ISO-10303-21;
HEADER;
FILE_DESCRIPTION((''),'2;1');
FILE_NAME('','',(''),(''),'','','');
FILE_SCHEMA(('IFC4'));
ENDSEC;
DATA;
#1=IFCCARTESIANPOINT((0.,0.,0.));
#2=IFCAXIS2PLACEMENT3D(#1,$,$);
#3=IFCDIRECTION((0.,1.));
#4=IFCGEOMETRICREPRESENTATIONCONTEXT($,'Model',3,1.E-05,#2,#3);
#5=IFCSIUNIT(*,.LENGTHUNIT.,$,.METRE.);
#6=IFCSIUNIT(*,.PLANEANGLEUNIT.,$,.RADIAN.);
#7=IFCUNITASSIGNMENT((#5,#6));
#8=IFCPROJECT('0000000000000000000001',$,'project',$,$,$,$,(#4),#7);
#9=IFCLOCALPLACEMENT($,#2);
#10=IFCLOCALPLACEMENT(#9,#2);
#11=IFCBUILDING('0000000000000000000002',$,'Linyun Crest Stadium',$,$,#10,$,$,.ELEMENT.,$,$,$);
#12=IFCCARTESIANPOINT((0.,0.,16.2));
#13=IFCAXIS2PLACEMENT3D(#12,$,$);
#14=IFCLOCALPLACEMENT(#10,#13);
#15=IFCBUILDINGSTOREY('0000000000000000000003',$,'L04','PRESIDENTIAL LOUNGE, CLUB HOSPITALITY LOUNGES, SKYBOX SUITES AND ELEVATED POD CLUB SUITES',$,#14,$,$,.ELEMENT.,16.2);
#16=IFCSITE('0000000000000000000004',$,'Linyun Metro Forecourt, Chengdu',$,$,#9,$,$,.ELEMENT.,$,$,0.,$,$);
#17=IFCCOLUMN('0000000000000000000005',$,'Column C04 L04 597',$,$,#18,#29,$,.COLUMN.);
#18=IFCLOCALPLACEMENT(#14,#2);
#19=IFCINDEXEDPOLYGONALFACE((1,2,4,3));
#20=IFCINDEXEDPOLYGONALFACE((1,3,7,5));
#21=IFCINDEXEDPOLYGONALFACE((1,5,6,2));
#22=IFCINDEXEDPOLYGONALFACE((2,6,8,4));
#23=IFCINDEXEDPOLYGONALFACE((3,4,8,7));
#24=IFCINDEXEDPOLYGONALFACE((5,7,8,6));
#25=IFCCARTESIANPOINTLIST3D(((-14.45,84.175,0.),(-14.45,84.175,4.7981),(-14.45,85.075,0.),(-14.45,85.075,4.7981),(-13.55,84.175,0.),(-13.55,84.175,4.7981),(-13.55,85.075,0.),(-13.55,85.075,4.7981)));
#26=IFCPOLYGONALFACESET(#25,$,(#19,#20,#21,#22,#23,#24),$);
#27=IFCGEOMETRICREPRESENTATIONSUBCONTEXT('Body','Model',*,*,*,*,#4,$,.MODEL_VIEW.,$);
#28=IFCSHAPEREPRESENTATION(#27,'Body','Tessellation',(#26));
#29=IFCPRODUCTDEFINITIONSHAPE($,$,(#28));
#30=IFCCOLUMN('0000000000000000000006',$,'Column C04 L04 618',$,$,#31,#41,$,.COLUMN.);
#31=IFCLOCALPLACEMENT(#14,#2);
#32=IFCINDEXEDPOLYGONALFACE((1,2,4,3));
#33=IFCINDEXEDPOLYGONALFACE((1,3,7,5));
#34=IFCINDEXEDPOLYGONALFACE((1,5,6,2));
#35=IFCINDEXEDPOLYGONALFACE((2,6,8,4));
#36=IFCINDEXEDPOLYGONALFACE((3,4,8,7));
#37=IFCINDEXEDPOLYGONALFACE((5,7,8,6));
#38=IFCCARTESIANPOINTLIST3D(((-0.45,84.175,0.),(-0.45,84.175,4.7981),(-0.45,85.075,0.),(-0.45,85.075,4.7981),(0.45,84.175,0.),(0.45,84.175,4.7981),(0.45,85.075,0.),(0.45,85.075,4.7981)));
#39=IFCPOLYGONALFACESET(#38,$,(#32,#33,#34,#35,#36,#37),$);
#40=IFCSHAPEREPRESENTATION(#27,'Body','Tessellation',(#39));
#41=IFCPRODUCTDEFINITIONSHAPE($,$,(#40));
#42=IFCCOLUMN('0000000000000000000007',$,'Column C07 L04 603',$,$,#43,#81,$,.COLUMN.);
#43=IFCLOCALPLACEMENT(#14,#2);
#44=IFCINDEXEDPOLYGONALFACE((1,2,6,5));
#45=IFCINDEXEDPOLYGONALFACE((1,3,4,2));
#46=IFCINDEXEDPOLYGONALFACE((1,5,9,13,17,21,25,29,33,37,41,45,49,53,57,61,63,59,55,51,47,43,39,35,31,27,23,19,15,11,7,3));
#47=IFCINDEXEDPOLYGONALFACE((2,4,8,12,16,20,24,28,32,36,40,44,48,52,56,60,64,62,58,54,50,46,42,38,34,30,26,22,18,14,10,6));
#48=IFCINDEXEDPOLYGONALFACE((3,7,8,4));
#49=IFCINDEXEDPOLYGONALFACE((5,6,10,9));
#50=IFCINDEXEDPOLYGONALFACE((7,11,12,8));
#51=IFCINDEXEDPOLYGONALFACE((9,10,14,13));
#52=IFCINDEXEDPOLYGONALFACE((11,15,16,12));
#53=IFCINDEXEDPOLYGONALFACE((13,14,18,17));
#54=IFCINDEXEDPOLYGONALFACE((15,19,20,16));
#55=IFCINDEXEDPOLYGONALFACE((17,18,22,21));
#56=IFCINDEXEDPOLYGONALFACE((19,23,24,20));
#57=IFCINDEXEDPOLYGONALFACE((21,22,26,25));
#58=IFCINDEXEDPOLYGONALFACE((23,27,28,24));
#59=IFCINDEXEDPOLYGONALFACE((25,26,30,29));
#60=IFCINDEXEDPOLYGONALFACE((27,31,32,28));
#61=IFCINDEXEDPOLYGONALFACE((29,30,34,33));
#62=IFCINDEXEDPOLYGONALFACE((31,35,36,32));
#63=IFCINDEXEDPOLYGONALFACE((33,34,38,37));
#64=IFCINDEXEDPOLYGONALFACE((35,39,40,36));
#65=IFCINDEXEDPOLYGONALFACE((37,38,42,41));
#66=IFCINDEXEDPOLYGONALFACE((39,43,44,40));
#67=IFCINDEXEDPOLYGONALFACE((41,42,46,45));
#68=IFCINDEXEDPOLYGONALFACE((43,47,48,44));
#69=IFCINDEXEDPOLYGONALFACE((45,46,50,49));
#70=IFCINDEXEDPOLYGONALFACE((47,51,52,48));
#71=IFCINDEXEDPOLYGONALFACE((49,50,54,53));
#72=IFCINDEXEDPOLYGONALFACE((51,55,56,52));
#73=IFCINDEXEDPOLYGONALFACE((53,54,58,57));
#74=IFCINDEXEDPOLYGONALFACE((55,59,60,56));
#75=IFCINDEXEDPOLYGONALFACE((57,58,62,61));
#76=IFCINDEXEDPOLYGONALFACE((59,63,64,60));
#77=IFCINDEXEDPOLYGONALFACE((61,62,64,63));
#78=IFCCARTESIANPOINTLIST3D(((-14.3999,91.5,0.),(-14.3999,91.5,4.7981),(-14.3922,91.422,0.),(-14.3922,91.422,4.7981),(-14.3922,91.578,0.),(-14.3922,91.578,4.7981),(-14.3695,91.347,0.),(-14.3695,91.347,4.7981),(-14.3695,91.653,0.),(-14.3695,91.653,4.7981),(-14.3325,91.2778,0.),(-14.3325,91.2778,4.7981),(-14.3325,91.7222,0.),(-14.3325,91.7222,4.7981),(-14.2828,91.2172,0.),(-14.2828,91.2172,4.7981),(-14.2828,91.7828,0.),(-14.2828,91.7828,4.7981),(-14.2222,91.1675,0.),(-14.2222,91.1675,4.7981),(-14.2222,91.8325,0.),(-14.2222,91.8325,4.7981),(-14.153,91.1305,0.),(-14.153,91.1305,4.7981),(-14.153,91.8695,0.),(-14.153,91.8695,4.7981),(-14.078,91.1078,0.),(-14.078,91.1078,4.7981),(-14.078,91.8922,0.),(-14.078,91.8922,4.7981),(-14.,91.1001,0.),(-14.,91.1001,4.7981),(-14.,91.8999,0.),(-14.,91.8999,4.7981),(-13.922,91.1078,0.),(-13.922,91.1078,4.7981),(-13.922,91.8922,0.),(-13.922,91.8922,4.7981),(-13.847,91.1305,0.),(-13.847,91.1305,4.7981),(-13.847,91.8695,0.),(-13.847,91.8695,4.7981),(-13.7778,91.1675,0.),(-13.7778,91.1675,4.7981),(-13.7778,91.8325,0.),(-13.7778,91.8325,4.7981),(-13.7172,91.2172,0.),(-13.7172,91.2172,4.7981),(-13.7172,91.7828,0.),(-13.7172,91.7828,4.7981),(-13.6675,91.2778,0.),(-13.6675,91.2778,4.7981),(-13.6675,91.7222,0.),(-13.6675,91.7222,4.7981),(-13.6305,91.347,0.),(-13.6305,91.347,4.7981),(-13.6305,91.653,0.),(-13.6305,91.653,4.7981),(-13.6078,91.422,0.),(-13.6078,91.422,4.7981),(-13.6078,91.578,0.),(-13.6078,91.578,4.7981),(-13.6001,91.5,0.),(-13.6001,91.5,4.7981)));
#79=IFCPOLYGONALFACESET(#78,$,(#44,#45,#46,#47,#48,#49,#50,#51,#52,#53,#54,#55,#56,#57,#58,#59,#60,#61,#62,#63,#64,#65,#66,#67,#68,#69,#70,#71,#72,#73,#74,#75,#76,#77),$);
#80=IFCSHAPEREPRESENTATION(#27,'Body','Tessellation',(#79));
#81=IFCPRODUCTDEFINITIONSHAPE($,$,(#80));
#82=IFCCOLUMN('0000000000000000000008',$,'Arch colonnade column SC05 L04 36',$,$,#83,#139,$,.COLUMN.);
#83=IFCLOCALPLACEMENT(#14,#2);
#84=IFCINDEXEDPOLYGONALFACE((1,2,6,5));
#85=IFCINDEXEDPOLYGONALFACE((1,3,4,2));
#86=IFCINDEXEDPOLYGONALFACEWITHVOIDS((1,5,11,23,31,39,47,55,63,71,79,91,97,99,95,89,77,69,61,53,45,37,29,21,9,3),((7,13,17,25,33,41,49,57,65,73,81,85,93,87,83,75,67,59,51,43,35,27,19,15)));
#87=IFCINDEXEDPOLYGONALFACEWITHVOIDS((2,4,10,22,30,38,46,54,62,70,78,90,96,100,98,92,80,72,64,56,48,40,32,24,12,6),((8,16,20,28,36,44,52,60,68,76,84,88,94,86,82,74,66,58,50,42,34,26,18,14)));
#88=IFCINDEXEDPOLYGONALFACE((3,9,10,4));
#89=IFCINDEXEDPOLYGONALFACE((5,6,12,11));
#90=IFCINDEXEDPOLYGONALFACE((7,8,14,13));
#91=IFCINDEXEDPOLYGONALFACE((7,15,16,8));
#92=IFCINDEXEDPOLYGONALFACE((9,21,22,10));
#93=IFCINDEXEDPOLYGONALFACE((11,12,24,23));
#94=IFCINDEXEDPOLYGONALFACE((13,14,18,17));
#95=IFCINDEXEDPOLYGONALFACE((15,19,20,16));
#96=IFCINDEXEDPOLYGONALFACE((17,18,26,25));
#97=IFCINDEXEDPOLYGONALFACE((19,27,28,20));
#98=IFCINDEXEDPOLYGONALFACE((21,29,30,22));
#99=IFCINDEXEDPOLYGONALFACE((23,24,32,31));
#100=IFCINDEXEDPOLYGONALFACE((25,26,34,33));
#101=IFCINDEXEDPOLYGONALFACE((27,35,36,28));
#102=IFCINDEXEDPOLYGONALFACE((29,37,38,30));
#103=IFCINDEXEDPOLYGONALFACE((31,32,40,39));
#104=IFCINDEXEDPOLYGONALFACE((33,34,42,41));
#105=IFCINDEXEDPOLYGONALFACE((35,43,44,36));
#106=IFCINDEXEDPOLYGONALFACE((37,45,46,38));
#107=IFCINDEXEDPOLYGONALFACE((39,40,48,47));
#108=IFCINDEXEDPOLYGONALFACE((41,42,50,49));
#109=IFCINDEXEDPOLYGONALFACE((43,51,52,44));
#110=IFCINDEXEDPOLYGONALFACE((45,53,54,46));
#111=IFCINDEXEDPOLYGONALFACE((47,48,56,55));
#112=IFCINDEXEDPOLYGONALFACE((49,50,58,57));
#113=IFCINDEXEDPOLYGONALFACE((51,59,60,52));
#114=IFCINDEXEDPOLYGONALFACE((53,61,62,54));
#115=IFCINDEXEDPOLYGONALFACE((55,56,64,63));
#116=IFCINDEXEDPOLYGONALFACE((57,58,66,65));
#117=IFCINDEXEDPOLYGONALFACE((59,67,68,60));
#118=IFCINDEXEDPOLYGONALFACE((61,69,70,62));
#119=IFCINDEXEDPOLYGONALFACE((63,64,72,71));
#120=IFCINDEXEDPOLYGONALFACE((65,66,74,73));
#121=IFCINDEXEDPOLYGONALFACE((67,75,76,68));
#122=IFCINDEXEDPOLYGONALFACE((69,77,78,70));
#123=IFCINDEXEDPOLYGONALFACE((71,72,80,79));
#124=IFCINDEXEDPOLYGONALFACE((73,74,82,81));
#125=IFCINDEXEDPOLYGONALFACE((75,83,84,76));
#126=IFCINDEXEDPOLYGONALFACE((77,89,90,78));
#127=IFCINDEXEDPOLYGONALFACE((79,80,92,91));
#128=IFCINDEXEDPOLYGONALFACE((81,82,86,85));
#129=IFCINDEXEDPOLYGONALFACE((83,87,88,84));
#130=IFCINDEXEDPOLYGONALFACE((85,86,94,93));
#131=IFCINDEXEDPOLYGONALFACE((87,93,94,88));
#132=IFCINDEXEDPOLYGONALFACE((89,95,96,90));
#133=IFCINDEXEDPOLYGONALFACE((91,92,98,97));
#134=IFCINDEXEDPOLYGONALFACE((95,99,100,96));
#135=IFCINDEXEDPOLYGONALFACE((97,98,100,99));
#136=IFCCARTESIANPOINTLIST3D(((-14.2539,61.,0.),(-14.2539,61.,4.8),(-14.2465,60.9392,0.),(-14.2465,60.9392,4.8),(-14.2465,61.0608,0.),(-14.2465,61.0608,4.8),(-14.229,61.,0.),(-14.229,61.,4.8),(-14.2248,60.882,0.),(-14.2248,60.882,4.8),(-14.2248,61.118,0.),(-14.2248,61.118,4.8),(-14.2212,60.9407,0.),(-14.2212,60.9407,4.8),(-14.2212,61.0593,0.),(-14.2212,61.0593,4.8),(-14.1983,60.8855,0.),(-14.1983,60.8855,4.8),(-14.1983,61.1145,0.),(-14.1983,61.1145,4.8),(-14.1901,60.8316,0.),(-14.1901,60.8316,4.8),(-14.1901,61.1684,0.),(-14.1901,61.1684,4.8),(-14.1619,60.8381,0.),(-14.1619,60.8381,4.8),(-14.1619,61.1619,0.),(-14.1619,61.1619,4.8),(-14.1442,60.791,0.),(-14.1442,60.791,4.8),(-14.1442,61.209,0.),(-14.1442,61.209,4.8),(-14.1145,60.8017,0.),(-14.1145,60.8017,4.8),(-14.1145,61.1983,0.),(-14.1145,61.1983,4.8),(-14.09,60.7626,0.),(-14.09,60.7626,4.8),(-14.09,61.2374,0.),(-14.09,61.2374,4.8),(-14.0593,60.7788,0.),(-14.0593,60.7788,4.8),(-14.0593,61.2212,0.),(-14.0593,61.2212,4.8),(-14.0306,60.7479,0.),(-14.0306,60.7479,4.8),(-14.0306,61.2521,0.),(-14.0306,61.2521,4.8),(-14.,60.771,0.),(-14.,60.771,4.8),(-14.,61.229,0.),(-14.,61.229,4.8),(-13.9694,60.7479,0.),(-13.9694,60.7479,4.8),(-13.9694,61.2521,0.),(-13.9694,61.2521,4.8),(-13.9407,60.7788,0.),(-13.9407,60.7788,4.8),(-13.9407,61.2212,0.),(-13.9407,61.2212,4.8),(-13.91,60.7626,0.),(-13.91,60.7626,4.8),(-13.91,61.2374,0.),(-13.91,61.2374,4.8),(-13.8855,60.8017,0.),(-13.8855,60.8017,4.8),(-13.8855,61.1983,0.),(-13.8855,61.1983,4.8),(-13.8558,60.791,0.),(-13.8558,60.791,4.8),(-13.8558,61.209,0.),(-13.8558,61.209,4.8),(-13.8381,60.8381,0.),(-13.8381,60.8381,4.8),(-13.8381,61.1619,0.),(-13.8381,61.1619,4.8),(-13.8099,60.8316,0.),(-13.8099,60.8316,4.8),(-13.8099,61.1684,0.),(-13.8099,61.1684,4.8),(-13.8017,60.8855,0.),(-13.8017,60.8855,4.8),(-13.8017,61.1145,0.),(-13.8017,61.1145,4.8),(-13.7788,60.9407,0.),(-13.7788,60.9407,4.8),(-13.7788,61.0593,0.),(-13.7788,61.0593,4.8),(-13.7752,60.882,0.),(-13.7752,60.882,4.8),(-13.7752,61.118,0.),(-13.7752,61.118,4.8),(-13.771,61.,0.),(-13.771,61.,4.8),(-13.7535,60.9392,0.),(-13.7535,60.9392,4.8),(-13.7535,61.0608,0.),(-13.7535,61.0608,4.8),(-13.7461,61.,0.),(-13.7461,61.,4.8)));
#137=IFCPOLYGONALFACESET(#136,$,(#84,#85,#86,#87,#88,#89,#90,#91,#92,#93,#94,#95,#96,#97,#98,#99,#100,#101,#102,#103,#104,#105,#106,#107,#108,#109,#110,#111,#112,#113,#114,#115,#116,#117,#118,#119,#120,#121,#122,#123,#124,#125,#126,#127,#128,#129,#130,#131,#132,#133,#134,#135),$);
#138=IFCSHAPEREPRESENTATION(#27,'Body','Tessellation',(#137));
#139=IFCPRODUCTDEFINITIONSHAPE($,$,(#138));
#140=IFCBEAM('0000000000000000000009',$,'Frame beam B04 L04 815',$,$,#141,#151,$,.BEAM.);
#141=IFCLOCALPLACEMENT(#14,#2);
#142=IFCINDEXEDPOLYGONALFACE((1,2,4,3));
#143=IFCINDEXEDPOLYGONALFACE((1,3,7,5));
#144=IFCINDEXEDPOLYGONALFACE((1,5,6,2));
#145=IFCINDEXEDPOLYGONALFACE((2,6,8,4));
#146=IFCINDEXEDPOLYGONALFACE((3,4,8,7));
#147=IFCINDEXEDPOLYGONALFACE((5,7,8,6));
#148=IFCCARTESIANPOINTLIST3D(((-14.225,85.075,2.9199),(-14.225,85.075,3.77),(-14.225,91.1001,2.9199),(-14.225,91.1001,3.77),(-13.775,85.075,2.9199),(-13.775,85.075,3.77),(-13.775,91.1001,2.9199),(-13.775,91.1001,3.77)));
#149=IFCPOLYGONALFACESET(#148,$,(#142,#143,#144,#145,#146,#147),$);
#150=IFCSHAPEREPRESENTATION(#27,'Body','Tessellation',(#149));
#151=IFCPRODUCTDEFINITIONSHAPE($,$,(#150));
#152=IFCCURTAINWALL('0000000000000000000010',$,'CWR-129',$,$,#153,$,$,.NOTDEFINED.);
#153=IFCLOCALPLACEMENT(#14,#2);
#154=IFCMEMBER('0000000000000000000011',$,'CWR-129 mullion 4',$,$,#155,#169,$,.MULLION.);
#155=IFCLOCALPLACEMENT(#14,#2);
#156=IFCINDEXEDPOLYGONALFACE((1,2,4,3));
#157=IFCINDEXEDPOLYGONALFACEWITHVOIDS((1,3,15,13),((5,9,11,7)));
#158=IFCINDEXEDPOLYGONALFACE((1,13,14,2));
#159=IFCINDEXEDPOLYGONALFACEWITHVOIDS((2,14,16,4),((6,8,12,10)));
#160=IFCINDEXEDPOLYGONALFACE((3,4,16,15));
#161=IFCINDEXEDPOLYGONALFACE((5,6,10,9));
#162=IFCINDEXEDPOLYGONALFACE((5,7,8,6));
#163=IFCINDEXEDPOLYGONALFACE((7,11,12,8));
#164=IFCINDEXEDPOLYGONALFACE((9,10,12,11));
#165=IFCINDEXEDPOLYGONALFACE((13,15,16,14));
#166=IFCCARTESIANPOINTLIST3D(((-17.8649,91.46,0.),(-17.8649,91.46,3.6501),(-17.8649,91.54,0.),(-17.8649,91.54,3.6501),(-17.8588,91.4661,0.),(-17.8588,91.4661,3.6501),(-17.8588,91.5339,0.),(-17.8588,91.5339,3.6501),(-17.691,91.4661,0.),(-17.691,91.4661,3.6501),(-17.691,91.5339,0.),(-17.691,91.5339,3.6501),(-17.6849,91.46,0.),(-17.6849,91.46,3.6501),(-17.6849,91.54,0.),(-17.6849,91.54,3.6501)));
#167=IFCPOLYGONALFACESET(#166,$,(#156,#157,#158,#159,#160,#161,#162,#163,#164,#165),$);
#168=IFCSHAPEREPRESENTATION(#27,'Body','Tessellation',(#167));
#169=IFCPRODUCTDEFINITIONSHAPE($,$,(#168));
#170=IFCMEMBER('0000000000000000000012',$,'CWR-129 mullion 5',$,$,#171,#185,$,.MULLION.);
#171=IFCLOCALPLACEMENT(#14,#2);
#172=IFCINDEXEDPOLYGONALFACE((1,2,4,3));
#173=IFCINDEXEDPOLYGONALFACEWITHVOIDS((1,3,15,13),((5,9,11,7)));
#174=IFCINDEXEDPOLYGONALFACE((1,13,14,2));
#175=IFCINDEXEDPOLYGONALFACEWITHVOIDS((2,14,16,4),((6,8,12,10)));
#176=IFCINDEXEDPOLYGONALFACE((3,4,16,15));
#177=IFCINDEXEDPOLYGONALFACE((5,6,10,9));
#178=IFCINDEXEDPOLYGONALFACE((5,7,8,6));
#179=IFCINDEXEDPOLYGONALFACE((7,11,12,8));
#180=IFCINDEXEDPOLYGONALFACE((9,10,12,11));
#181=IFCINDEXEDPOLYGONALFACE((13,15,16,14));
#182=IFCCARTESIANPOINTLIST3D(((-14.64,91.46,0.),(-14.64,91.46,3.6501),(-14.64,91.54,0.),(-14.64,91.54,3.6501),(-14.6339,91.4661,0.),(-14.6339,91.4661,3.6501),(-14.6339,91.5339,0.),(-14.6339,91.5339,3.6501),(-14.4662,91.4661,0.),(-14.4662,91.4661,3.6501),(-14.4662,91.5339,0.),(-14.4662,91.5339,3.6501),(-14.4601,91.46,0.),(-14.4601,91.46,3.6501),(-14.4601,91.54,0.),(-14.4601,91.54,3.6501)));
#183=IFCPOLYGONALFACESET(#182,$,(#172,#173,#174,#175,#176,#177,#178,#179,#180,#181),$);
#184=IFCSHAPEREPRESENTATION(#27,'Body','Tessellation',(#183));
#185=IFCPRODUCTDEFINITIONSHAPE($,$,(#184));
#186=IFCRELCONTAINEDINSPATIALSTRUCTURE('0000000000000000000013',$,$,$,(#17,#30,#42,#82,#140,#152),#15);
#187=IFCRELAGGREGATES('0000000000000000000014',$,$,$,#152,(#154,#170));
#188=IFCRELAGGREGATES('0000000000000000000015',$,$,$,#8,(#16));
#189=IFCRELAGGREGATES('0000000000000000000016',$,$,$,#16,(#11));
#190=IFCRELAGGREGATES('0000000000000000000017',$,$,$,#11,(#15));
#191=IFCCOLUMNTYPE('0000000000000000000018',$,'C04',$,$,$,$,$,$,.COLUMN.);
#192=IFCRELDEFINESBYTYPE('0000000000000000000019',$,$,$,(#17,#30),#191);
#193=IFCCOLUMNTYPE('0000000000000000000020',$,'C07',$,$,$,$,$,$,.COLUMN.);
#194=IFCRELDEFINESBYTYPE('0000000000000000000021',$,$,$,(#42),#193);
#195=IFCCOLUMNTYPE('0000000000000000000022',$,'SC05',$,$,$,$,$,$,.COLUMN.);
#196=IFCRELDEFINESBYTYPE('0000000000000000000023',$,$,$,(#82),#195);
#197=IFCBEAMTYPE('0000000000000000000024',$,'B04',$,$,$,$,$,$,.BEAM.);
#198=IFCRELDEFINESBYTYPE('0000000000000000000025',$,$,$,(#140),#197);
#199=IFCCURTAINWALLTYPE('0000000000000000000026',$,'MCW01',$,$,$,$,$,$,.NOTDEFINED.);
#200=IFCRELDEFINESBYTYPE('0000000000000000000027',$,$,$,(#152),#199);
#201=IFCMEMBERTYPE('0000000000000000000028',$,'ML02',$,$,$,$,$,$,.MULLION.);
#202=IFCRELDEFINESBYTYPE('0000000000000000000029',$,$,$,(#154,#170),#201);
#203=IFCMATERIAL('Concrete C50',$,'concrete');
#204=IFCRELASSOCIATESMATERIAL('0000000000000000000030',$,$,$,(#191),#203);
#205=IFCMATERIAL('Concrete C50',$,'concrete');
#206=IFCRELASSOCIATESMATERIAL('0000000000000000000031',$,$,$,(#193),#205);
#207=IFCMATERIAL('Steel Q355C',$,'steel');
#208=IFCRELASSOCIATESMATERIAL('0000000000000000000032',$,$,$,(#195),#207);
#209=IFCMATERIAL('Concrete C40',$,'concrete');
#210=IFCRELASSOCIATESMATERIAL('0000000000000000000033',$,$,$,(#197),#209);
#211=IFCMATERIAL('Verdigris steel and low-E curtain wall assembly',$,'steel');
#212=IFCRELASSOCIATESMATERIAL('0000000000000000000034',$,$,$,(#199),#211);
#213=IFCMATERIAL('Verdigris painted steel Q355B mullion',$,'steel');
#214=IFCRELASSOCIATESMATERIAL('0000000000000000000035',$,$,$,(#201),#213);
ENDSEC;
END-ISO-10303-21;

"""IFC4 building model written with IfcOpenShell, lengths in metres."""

from ifc_helpers import new_model, si_unit, direction, frame, origin, origin_2d, place, context, subcontext, project, spatial, rectangle, hollow_rectangle, circle, hollow_circle, extrude, material, material_profile, profile_set, type_object, element, aggregate, save


model = new_model("IFC4")

# Units and contexts
model_context = context("Model", 3, precision=1e-05, world=origin(), true_north=direction((0.0, 1.0)))
body_context = subcontext(model_context, "Body", "Model", "MODEL_VIEW")
ifc_project = project(units=[si_unit("LENGTHUNIT", "METRE"), si_unit("PLANEANGLEUNIT", "RADIAN")], contexts=[model_context])

# Site, building, storey
site_placement = place(None, origin())
site = spatial("IfcSite", under=ifc_project, at=site_placement, Name="Linyun Metro Forecourt, Chengdu", CompositionType="ELEMENT", RefElevation=0.0)
building_placement = place(site_placement, origin())
building = spatial("IfcBuilding", under=site, at=building_placement, Name="Linyun Crest Stadium", CompositionType="ELEMENT")
storey_placement = place(building_placement, frame((0.0, 0.0, 16.2)))
storey = spatial("IfcBuildingStorey", under=building, at=storey_placement, Name="L04", Description="PRESIDENTIAL LOUNGE, CLUB HOSPITALITY LOUNGES, SKYBOX SUITES AND ELEVATED POD CLUB SUITES", CompositionType="ELEMENT", Elevation=16.2)

# Columns
ifc_material_1 = material(Name="Concrete C50", Category="concrete")
ifc_material_profile_1 = material_profile(ifc_material_1, rectangle(XDim=0.8999, YDim=0.8999, at=origin_2d()), Name="RC 900x900")
ifc_profile_set_1 = profile_set([ifc_material_profile_1], Name="Concrete C50")
column_type_1 = type_object("IfcColumnType", Name="C04", PredefinedType="COLUMN", material=ifc_profile_set_1)
for number, where, z_axis, x_axis, name in (
    (1, (-14.0, 84.625, 0.0), (0.0, 0.0, 1.0), (1.0, 0.0, 0.0), "Column C04 L04 597"),
    (2, (0.0, 84.625, 0.0), (0.0, 0.0, 1.0), (1.0, 0.0, 0.0), "Column C04 L04 618"),
):
    element("IfcColumn", number, at=place(storey_placement, frame(where, z_axis=z_axis, x_axis=x_axis)), inside=storey, type_object=column_type_1, Name=name, PredefinedType="COLUMN", context=body_context, shape_type="SweptSolid", body=[
        extrude(rectangle(XDim=0.8999, YDim=0.8999, at=origin_2d()), origin(), (0.0, 0.0, 1.0), 4.7981),
    ])
ifc_material_2 = material(Name="Concrete C50", Category="concrete")
ifc_material_profile_2 = material_profile(ifc_material_2, circle(Radius=0.3999, at=origin_2d()), Name="RC D800")
ifc_profile_set_2 = profile_set([ifc_material_profile_2], Name="Concrete C50")
column_type_2 = type_object("IfcColumnType", Name="C07", PredefinedType="COLUMN", material=ifc_profile_set_2)
column_1_placement = place(storey_placement, frame((-14.0, 91.5, 0.0), z_axis=(0.0, 0.0, 1.0), x_axis=(1.0, 0.0, 0.0)))
element("IfcColumn", 3, at=column_1_placement, inside=storey, type_object=column_type_2, Name="Column C07 L04 603", PredefinedType="COLUMN", context=body_context, shape_type="SweptSolid", body=[
    extrude(circle(Radius=0.3999, at=origin_2d()), origin(), (0.0, 0.0, 1.0), 4.7981),
])
ifc_material_3 = material(Name="Steel Q355C", Category="steel")
ifc_material_profile_3 = material_profile(ifc_material_3, hollow_circle(Radius=0.2539, WallThickness=0.0249, at=origin_2d()), Name="CHS 508x25")
ifc_profile_set_3 = profile_set([ifc_material_profile_3], Name="Steel Q355C")
column_type_3 = type_object("IfcColumnType", Name="SC05", PredefinedType="COLUMN", material=ifc_profile_set_3)
column_2_placement = place(storey_placement, frame((-14.0, 61.0, 0.0), z_axis=(0.0, 0.0, 1.0), x_axis=(1.0, 0.0, 0.0)))
element("IfcColumn", 4, at=column_2_placement, inside=storey, type_object=column_type_3, Name="Arch colonnade column SC05 L04 36", PredefinedType="COLUMN", context=body_context, shape_type="SweptSolid", body=[
    extrude(hollow_circle(Radius=0.2539, WallThickness=0.0249, at=origin_2d()), origin(), (0.0, 0.0, 1.0), 4.8),
])

# Beam
ifc_material_4 = material(Name="Concrete C40", Category="concrete")
ifc_material_profile_4 = material_profile(ifc_material_4, rectangle(XDim=0.45, YDim=0.8501, at=origin_2d()), Name="RCB 850x450")
ifc_profile_set_4 = profile_set([ifc_material_profile_4], Name="Concrete C40")
beam_type_1 = type_object("IfcBeamType", Name="B04", PredefinedType="BEAM", material=ifc_profile_set_4)
beam_1_placement = place(storey_placement, frame((-14.0, 85.075, 3.345), z_axis=(0.0, 1.0, 0.0), x_axis=(-1.0, 0.0, 0.0)))
element("IfcBeam", 5, at=beam_1_placement, inside=storey, type_object=beam_type_1, Name="Frame beam B04 L04 815", PredefinedType="BEAM", context=body_context, shape_type="SweptSolid", body=[
    extrude(rectangle(XDim=0.45, YDim=0.8501, at=origin_2d()), origin(), (0.0, 0.0, 1.0), 6.0251),
])

# Curtain wall, members
ifc_material_5 = material(Name="Verdigris steel and low-E curtain wall assembly", Category="steel")
curtain_wall_type = type_object("IfcCurtainWallType", Name="MCW01", PredefinedType="NOTDEFINED", material=ifc_material_5)
curtain_wall_1_placement = place(storey_placement, origin())
curtain_wall_1 = element("IfcCurtainWall", 6, at=curtain_wall_1_placement, inside=storey, type_object=curtain_wall_type, Name="CWR-129", PredefinedType="NOTDEFINED")
ifc_material_6 = material(Name="Verdigris painted steel Q355B mullion", Category="steel")
ifc_material_profile_5 = material_profile(ifc_material_6, hollow_rectangle(XDim=0.0801, YDim=0.1799, WallThickness=0.0061, at=origin_2d()), Name="RHS 180x80x6")
ifc_profile_set_5 = profile_set([ifc_material_profile_5], Name="Verdigris painted steel Q355B mullion")
member_type_1 = type_object("IfcMemberType", Name="ML02", PredefinedType="MULLION", material=ifc_profile_set_5)
member_1_placement = place(storey_placement, frame((-17.7749, 91.5, 0.0), z_axis=(0.0, 0.0, 1.0), x_axis=(0.0, 1.0, 0.0)))
member_1 = element("IfcMember", 7, at=member_1_placement, type_object=member_type_1, Name="CWR-129 mullion 4", PredefinedType="MULLION", context=body_context, shape_type="SweptSolid", body=[
    extrude(hollow_rectangle(XDim=0.0801, YDim=0.1799, WallThickness=0.0061, at=origin_2d()), origin(), (0.0, 0.0, 1.0), 3.6501),
])
member_2_placement = place(storey_placement, frame((-14.55, 91.5, 0.0), z_axis=(0.0, 0.0, 1.0), x_axis=(0.0, 1.0, 0.0)))
member_2 = element("IfcMember", 8, at=member_2_placement, type_object=member_type_1, Name="CWR-129 mullion 5", PredefinedType="MULLION", context=body_context, shape_type="SweptSolid", body=[
    extrude(hollow_rectangle(XDim=0.0801, YDim=0.1799, WallThickness=0.0061, at=origin_2d()), origin(), (0.0, 0.0, 1.0), 3.6501),
])

aggregate(curtain_wall_1, [member_1, member_2])

save(model, "model.ifc")
